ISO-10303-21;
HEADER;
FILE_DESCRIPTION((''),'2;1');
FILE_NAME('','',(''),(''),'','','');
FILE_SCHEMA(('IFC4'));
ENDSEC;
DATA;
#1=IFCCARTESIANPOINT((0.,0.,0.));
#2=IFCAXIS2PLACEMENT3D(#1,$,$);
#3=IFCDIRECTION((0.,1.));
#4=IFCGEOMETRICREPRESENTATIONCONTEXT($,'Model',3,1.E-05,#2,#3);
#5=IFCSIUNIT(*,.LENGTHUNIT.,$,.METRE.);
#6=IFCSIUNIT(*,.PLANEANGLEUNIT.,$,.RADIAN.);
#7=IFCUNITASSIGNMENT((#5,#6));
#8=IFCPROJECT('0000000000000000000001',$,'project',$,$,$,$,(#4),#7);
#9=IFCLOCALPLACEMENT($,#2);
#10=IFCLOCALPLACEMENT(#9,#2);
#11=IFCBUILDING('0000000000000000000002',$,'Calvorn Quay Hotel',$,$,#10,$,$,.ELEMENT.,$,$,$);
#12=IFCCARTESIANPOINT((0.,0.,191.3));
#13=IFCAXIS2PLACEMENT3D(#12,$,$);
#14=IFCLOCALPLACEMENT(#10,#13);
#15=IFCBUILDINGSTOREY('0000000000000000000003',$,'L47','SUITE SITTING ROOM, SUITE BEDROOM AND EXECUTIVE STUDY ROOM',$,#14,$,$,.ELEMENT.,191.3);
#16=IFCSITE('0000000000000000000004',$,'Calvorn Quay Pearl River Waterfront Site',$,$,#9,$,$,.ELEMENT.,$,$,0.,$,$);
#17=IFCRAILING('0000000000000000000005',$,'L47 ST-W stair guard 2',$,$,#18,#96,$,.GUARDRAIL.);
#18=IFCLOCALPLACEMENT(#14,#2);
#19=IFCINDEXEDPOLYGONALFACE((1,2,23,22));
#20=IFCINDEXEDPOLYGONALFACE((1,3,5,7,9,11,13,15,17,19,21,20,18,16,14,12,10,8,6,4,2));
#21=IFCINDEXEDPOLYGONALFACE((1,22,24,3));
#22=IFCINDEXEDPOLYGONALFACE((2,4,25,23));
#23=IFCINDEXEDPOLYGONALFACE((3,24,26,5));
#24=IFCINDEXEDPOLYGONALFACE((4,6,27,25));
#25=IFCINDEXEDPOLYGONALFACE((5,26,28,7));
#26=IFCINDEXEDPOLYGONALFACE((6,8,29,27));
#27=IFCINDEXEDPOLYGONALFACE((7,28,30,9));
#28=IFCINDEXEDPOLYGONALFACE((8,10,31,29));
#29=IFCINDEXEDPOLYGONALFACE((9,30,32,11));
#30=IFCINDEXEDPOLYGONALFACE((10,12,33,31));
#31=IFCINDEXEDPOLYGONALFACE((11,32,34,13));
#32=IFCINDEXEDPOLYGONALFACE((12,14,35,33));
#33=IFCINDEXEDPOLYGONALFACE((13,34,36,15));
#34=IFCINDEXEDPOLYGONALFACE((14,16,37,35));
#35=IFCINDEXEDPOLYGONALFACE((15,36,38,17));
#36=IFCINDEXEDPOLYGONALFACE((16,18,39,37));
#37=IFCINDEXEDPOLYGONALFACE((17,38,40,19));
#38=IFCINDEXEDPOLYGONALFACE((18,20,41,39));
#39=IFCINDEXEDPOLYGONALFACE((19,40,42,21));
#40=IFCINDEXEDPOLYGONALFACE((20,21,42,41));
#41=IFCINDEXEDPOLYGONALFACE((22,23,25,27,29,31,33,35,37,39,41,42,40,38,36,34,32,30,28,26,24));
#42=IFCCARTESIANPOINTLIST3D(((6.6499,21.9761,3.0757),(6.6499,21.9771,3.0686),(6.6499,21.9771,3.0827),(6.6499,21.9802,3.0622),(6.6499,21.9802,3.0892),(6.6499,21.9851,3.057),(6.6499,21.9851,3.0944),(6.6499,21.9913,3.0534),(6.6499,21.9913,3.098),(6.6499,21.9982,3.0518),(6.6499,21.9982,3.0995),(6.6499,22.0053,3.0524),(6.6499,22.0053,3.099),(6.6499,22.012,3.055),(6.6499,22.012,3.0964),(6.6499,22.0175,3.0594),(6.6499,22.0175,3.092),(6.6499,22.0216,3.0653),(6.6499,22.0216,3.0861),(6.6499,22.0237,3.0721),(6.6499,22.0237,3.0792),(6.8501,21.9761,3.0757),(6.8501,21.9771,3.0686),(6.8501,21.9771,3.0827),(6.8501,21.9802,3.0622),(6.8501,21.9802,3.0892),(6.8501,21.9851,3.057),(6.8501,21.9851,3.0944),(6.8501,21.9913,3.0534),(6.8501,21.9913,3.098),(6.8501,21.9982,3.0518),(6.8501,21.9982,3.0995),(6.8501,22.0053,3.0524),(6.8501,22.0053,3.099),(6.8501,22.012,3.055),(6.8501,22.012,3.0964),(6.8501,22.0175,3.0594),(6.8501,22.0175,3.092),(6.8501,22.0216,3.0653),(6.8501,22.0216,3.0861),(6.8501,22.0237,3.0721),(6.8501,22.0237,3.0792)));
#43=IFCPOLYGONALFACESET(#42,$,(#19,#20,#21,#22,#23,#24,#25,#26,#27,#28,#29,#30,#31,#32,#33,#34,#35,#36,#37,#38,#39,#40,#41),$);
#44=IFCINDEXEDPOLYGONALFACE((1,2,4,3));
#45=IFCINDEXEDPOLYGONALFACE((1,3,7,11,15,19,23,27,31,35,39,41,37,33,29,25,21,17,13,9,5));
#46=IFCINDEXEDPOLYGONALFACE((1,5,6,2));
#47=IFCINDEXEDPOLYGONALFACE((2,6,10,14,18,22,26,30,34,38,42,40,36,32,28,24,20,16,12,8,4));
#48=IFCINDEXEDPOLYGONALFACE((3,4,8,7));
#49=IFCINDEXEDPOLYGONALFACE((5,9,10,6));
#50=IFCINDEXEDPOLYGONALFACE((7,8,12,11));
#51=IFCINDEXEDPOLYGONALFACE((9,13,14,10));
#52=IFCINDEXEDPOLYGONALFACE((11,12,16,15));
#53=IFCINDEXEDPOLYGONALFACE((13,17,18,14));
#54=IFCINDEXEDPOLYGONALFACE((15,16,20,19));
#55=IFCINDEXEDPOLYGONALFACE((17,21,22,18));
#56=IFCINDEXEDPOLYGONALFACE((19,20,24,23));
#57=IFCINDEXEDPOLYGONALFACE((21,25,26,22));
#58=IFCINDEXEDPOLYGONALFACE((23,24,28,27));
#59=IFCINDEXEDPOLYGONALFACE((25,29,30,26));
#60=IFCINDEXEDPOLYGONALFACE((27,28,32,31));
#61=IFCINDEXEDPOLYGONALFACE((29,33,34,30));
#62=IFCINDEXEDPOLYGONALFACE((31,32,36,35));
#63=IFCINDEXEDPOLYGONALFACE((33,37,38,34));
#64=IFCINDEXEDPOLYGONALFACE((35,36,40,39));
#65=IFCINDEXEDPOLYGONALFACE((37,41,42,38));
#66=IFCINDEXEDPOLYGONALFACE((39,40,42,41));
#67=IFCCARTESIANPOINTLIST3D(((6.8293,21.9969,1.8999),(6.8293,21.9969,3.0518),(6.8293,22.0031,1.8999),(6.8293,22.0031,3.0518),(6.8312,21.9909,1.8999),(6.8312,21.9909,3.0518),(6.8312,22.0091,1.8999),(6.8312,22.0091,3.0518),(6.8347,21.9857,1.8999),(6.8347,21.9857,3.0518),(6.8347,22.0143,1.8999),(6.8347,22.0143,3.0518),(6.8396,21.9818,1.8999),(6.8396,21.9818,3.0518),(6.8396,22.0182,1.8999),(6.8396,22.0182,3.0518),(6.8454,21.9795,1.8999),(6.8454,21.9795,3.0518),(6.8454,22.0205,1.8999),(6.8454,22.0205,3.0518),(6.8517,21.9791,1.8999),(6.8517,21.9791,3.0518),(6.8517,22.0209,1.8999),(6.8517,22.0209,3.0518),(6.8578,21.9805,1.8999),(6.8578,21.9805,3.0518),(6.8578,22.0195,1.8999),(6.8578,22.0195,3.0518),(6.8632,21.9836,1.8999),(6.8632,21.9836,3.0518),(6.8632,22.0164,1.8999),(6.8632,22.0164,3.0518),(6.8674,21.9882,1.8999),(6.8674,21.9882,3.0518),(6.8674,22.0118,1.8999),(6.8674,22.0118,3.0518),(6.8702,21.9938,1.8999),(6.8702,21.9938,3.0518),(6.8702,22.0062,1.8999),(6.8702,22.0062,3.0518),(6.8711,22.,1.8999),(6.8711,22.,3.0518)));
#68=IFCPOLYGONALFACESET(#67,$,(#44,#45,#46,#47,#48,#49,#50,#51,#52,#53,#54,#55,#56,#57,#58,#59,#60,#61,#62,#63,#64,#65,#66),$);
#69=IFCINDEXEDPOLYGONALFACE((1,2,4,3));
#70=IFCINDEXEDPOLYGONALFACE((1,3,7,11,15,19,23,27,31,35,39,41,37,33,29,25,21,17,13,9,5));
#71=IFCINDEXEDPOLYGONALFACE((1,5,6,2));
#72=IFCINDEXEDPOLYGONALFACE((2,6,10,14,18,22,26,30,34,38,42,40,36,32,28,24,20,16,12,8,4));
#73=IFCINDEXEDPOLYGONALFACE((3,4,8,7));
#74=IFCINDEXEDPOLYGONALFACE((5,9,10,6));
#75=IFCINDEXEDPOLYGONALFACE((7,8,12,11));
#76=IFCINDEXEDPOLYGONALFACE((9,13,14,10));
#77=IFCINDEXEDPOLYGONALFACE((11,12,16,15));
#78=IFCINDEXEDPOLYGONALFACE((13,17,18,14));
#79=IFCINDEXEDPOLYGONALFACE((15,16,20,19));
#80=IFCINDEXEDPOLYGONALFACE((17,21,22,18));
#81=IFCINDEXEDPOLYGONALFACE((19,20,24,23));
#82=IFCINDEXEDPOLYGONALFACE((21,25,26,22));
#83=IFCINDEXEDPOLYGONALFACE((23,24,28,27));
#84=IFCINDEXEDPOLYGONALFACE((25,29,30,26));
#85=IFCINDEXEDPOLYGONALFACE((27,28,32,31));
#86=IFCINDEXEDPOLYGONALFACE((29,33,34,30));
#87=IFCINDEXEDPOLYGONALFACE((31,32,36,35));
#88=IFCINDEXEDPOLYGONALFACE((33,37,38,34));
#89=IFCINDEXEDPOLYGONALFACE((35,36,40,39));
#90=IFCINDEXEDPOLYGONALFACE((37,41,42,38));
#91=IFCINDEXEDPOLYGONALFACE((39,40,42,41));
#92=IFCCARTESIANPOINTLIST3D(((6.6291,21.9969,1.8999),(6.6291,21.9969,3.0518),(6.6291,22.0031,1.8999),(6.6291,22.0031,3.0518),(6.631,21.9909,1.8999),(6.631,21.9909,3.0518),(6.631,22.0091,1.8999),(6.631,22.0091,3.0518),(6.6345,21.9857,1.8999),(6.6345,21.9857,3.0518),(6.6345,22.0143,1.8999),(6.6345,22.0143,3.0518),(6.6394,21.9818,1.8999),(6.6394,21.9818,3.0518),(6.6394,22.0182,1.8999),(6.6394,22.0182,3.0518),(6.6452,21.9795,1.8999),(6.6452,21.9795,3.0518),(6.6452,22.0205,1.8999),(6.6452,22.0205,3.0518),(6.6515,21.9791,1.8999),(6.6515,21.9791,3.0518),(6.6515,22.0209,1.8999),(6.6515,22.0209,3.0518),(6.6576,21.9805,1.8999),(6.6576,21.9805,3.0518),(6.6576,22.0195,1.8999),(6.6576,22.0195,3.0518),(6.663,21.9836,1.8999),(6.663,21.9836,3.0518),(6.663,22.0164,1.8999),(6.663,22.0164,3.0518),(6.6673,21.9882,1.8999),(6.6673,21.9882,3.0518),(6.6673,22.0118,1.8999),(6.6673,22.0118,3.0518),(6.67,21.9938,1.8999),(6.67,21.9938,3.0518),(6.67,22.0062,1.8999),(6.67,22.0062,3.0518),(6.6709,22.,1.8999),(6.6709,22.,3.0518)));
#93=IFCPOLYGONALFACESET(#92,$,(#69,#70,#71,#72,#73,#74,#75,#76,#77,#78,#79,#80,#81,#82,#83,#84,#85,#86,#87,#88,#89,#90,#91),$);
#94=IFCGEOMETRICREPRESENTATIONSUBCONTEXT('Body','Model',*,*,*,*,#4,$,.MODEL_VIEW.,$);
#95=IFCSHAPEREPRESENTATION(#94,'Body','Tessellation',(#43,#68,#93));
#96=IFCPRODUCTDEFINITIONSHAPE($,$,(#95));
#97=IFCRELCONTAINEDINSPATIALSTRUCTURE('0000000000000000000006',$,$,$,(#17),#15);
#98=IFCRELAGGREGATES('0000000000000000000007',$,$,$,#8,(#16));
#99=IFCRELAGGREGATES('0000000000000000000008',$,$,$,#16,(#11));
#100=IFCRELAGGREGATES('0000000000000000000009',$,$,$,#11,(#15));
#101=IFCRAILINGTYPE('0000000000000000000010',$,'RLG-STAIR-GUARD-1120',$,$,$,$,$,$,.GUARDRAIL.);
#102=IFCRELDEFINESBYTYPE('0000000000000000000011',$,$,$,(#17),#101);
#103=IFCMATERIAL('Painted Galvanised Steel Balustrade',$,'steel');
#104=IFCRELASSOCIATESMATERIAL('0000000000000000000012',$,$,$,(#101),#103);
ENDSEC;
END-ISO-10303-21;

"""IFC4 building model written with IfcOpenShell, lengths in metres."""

from ifc_helpers import new_model, si_unit, direction, frame, origin, origin_2d, place, context, subcontext, project, spatial, circle, extrude, material, type_object, element, save


model = new_model("IFC4")

# Units and contexts
model_context = context("Model", 3, precision=1e-05, world=origin(), true_north=direction((0.0, 1.0)))
body_context = subcontext(model_context, "Body", "Model", "MODEL_VIEW")
ifc_project = project(units=[si_unit("LENGTHUNIT", "METRE"), si_unit("PLANEANGLEUNIT", "RADIAN")], contexts=[model_context])

# Site, building, storey
site_placement = place(None, origin())
site = spatial("IfcSite", under=ifc_project, at=site_placement, Name="Calvorn Quay Pearl River Waterfront Site", CompositionType="ELEMENT", RefElevation=0.0)
building_placement = place(site_placement, origin())
building = spatial("IfcBuilding", under=site, at=building_placement, Name="Calvorn Quay Hotel", CompositionType="ELEMENT")
storey_placement = place(building_placement, frame((0.0, 0.0, 191.3)))
storey = spatial("IfcBuildingStorey", under=building, at=storey_placement, Name="L47", Description="SUITE SITTING ROOM, SUITE BEDROOM AND EXECUTIVE STUDY ROOM", CompositionType="ELEMENT", Elevation=191.3)

# Railing
ifc_material_1 = material(Name="Painted Galvanised Steel Balustrade", Category="steel")
railing_type_1 = type_object("IfcRailingType", Name="RLG-STAIR-GUARD-1120", PredefinedType="GUARDRAIL", material=ifc_material_1)
railing_1_placement = place(storey_placement, frame((6.8501, 22.0, 1.8999)))
element("IfcRailing", 1, at=railing_1_placement, inside=storey, type_object=railing_type_1, Name="L47 ST-W stair guard 2", PredefinedType="GUARDRAIL", context=body_context, shape_type="SweptSolid", body=[
    extrude(circle(Radius=0.0239, at=origin_2d()), frame((0.0, 0.0, 1.1758), z_axis=(-1.0, 0.0, 0.0), x_axis=(0.0, -1.0, 0.0)), (0.0, 0.0, 1.0), 0.2002),
    extrude(circle(Radius=0.021, at=origin_2d()), origin(), (0.0, 0.0, 1.0), 1.1519),
    extrude(circle(Radius=0.021, at=origin_2d()), frame((-0.2002, 0.0, 0.0)), (0.0, 0.0, 1.0), 1.1519),
])

save(model, "model.ifc")
